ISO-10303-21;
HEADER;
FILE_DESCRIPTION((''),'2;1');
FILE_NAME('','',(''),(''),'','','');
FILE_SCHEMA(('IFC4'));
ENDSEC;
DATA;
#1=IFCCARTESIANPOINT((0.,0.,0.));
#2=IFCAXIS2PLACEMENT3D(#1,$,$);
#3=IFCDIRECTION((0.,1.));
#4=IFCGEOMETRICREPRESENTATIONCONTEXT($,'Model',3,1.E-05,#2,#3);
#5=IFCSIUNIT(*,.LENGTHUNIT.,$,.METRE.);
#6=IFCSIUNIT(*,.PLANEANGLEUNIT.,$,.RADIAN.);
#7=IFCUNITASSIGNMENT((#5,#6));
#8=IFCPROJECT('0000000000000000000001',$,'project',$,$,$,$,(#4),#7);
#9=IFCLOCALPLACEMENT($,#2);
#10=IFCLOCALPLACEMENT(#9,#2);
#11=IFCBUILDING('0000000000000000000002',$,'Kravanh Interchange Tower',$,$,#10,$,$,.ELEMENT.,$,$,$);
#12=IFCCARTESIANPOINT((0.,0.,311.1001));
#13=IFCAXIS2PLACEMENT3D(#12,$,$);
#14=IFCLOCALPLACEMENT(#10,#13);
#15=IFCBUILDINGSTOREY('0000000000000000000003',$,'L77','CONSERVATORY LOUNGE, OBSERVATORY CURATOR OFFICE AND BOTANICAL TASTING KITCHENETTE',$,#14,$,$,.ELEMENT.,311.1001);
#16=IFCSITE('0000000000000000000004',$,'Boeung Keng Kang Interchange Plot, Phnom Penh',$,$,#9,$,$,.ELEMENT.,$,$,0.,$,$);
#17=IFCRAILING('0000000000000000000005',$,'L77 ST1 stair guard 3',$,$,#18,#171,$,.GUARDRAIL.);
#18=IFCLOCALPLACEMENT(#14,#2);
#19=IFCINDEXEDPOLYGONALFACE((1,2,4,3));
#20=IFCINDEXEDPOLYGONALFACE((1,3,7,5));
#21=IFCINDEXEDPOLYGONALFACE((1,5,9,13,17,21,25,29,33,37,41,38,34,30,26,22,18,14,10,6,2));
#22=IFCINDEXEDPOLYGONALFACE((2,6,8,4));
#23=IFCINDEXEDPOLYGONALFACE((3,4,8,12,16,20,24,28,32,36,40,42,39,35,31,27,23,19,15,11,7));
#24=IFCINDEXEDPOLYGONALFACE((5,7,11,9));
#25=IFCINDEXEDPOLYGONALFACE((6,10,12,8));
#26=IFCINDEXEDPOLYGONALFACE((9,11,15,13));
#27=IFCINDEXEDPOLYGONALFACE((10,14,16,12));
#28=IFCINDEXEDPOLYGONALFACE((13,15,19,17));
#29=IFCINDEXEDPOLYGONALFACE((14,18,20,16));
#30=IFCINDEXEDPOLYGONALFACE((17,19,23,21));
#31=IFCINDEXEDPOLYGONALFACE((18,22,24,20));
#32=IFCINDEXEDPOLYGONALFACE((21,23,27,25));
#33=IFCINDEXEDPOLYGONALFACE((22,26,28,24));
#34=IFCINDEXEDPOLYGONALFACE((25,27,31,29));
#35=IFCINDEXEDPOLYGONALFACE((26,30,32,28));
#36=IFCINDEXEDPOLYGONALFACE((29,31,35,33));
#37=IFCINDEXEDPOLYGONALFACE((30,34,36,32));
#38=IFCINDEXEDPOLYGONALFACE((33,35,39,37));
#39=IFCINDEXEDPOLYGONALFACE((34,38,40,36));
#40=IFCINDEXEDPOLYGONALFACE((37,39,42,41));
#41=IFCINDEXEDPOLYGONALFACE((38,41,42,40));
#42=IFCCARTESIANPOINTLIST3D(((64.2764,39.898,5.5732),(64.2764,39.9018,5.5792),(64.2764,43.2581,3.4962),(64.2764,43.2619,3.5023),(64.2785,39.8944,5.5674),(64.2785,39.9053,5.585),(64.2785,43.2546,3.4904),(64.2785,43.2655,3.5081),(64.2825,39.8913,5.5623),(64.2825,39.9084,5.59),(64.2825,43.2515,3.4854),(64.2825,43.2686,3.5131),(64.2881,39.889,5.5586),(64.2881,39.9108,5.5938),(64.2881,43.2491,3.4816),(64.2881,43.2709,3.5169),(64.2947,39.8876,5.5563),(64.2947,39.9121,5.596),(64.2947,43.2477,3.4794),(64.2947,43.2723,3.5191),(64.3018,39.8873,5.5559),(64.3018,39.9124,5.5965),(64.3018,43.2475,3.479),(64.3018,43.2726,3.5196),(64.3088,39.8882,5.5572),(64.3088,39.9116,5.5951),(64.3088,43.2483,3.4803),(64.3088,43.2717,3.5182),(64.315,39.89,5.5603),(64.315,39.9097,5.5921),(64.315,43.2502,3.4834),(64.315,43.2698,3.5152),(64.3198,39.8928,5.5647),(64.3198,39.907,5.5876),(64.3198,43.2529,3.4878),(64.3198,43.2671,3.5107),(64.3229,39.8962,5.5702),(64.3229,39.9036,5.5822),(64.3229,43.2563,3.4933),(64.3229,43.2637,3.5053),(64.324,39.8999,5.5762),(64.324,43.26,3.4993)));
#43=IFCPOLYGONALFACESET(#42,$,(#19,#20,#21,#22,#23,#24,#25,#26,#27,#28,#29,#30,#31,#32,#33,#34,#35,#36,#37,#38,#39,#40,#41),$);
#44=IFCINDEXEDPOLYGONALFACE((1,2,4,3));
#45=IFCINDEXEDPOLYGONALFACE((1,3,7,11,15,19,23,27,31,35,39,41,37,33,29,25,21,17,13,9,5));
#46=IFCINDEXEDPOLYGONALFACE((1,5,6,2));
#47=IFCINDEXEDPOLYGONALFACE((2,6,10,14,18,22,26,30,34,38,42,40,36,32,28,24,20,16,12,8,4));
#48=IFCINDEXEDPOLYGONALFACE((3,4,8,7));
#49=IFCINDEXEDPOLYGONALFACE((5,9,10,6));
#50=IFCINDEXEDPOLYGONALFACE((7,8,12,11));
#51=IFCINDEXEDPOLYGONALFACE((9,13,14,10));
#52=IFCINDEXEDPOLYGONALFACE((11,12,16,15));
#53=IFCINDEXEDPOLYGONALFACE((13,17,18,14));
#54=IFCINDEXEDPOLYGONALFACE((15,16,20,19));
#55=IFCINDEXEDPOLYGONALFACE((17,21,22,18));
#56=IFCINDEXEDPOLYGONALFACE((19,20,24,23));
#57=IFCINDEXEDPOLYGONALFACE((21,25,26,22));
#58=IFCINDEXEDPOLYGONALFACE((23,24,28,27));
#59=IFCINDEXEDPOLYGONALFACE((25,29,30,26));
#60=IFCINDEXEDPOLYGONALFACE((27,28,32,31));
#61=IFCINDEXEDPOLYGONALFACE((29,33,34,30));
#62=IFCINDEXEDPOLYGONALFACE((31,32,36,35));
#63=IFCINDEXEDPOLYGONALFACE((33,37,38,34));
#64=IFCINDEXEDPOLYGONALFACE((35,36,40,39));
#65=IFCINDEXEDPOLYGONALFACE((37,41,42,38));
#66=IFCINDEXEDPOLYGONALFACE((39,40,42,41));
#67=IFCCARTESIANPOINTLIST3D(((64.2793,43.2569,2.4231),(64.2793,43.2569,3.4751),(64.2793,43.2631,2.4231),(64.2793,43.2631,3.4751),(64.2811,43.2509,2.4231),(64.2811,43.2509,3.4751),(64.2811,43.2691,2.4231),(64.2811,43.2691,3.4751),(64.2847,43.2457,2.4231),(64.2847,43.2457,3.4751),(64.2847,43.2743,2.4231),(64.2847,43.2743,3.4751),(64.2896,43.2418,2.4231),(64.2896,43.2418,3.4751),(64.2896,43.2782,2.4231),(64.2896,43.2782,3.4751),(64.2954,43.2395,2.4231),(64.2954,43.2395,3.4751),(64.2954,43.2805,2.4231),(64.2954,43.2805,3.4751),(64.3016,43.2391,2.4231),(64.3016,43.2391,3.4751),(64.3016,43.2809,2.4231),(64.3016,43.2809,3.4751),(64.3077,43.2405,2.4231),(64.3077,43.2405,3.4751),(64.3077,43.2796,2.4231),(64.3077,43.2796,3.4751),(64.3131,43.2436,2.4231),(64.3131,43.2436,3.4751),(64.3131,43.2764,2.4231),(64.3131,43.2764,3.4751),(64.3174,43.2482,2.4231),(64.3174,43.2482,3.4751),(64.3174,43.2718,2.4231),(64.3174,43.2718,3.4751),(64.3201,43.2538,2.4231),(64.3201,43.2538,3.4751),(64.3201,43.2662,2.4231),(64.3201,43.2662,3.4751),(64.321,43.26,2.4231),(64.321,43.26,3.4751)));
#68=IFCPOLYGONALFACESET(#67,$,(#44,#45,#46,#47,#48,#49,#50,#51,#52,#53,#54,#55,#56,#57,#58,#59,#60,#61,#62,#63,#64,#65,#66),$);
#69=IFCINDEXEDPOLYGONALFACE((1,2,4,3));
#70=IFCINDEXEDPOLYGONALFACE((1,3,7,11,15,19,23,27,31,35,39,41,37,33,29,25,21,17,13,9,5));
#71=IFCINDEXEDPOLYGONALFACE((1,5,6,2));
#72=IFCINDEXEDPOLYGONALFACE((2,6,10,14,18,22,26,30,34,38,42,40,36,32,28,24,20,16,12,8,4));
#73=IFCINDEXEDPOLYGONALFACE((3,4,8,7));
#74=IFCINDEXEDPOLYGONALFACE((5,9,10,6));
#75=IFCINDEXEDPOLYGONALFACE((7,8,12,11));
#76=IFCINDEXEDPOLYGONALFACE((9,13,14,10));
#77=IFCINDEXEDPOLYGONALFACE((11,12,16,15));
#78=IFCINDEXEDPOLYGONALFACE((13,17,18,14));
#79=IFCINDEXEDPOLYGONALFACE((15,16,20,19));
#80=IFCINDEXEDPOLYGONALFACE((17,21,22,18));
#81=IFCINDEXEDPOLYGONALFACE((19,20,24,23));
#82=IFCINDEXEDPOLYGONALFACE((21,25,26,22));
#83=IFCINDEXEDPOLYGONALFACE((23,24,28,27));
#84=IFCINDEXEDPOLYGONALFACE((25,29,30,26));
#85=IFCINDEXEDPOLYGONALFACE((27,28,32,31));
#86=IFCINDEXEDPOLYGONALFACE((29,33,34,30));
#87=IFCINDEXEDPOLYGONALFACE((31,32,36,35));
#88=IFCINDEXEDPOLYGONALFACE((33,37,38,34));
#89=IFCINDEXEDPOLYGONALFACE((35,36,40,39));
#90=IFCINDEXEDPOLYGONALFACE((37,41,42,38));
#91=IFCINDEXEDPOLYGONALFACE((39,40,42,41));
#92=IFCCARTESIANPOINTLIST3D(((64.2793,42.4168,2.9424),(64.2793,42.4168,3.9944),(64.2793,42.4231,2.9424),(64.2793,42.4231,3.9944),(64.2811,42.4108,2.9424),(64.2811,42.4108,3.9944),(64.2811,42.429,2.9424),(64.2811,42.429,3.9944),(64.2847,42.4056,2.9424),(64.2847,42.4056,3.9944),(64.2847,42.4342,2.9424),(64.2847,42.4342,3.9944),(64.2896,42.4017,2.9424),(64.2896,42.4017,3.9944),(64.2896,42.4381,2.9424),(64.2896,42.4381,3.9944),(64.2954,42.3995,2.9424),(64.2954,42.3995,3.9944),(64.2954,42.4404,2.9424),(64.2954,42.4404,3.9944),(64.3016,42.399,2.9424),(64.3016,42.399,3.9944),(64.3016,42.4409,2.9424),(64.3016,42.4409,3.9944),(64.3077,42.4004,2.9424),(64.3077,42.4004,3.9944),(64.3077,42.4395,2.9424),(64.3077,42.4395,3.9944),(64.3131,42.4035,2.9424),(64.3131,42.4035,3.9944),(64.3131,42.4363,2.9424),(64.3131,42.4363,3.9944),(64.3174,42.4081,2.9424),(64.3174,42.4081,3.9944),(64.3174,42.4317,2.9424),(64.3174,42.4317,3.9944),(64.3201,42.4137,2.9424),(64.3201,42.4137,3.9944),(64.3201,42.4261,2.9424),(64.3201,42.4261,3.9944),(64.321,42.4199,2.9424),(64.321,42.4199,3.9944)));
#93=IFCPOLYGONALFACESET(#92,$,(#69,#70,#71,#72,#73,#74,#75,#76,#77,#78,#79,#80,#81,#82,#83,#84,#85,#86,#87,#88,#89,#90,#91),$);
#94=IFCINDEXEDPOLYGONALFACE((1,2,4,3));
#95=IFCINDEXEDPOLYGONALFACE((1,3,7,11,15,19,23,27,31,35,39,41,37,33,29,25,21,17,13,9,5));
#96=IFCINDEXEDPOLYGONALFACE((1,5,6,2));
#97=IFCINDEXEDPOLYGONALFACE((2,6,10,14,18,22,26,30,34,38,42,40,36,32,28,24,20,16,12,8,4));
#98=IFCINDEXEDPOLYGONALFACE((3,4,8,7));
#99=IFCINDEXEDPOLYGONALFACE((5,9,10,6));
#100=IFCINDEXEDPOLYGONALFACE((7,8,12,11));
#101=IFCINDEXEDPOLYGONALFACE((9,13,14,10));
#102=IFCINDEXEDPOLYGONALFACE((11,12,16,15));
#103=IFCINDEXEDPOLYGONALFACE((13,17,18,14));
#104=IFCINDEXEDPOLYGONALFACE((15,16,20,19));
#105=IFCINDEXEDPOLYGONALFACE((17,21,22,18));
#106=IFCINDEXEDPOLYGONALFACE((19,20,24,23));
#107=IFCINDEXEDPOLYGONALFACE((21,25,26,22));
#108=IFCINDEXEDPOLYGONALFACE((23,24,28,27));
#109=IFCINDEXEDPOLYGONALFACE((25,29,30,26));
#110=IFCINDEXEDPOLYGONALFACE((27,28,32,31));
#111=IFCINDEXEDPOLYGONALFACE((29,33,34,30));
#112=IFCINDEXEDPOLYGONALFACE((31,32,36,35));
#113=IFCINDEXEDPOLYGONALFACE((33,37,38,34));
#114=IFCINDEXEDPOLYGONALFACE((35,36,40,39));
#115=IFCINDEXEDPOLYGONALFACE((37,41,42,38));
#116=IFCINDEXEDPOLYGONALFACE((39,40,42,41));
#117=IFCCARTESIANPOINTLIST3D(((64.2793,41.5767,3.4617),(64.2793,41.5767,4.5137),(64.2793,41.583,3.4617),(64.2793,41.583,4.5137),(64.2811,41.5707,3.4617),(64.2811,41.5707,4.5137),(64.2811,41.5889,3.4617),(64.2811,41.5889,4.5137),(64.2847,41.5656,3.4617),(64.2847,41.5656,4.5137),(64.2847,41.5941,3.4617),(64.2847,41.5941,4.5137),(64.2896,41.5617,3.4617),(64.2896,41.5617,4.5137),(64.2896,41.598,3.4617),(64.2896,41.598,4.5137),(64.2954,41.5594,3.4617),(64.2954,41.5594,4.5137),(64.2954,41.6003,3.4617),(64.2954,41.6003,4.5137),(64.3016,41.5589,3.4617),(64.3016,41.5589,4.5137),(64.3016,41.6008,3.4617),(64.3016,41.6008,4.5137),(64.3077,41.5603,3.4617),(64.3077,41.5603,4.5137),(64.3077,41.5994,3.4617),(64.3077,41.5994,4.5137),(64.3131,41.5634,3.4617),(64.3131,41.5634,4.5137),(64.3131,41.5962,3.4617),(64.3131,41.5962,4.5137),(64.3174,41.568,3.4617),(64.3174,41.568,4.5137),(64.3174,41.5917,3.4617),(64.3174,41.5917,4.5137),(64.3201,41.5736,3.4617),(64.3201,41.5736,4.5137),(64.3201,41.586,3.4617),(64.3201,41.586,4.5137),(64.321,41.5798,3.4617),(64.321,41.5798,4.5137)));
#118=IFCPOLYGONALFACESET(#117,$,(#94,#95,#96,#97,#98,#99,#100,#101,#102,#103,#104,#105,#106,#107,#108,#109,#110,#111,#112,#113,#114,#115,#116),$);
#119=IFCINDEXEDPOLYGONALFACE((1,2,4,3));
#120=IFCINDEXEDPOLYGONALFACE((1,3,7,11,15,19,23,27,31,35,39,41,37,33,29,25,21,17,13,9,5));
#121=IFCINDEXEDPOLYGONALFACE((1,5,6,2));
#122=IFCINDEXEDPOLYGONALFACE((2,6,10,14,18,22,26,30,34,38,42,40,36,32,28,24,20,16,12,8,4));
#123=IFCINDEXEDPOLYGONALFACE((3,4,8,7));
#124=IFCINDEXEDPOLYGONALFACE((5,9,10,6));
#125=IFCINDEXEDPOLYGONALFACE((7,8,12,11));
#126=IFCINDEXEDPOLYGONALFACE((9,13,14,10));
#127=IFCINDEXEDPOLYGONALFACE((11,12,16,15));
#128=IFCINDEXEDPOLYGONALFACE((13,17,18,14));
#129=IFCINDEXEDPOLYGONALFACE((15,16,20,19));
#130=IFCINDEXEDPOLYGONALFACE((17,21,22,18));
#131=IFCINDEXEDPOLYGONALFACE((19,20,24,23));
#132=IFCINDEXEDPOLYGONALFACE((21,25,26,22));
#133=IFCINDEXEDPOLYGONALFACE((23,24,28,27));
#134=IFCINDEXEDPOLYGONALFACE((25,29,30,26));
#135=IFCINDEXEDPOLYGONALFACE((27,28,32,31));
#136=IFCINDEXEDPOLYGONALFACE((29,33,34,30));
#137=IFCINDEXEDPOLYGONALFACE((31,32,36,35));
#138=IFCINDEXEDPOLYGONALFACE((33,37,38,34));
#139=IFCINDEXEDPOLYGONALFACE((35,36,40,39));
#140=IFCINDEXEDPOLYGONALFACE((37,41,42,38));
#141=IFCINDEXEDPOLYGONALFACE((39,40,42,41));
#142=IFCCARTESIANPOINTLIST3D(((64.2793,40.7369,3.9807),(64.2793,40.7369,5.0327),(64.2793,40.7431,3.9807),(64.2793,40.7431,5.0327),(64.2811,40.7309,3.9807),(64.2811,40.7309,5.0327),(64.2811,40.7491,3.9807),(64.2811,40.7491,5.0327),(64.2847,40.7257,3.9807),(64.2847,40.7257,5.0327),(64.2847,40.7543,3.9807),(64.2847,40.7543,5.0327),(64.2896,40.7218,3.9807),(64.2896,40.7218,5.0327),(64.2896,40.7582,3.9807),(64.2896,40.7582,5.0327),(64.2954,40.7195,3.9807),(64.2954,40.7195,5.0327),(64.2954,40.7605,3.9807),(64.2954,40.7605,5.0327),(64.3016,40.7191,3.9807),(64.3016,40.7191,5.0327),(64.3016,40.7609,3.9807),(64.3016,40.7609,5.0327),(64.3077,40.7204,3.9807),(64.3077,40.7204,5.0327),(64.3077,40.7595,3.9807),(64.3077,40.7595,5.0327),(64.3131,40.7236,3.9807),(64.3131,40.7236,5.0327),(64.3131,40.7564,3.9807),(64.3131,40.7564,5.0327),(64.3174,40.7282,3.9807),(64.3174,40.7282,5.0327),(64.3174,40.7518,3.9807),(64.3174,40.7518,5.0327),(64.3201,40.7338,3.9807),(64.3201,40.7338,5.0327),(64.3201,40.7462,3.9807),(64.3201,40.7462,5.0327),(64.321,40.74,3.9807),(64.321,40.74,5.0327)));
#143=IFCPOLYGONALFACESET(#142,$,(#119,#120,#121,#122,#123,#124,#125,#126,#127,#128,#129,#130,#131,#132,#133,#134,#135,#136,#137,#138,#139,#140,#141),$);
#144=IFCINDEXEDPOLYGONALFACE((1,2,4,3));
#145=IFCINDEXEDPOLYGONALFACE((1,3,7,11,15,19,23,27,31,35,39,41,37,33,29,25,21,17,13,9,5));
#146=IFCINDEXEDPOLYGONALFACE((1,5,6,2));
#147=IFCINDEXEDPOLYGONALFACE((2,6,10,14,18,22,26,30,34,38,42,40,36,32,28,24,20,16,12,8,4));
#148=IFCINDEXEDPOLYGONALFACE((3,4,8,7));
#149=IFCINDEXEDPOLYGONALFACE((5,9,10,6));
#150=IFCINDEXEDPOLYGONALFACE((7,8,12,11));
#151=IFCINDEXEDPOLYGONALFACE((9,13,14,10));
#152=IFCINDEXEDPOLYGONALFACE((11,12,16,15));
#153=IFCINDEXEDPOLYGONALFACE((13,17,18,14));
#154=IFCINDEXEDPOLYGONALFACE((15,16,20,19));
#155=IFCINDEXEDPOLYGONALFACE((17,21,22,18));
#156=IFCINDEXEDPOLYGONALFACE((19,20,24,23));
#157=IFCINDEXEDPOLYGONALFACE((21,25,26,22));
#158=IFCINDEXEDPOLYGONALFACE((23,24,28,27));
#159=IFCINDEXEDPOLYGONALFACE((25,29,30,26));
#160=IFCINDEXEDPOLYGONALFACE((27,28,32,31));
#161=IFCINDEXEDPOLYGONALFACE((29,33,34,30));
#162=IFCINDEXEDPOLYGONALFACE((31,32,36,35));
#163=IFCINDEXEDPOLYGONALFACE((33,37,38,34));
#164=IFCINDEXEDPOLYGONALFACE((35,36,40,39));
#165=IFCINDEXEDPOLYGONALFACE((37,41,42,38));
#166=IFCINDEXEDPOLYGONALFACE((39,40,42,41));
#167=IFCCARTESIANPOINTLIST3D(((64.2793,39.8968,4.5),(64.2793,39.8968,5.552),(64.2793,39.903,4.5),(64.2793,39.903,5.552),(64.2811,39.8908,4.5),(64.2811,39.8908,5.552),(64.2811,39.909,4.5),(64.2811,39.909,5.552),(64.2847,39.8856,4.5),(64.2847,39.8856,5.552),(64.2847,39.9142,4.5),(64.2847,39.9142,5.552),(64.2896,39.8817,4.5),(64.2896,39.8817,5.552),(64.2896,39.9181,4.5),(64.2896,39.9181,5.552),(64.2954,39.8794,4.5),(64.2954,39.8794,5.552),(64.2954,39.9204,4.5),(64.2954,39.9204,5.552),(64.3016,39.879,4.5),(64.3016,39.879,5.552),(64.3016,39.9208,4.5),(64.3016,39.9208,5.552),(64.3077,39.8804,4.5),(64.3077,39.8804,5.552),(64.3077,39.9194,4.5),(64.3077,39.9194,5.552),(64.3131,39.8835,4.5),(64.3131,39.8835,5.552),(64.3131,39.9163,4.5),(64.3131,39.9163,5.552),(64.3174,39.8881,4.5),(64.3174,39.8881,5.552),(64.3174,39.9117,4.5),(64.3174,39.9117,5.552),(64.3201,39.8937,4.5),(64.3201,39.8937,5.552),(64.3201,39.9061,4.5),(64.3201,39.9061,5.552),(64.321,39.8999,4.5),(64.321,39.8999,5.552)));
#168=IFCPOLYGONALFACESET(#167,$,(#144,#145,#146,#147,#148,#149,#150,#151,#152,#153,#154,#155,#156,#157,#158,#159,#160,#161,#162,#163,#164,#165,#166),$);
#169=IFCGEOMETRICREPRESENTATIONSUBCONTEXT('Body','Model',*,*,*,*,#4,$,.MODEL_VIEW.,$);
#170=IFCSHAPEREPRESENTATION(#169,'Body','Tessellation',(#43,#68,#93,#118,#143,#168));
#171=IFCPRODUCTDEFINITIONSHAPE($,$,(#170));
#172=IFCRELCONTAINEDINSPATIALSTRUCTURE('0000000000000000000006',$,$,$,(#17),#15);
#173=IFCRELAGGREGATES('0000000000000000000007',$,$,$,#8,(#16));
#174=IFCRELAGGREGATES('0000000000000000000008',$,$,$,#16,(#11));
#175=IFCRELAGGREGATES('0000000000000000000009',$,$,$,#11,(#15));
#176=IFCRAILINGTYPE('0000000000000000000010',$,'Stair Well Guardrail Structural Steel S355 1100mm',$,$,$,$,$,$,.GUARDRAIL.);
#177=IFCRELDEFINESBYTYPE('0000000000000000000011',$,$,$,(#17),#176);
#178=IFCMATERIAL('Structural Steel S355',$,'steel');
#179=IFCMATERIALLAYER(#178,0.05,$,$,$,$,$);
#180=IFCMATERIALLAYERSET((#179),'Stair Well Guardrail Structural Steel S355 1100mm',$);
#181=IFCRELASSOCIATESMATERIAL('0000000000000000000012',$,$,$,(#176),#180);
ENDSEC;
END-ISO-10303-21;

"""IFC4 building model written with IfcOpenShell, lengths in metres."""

from ifc_helpers import new_model, si_unit, direction, frame, origin, origin_2d, place, context, subcontext, project, spatial, circle, extrude, material, layer, layer_set, type_object, element, save


model = new_model("IFC4")

# Units and contexts
model_context = context("Model", 3, precision=1e-05, world=origin(), true_north=direction((0.0, 1.0)))
body_context = subcontext(model_context, "Body", "Model", "MODEL_VIEW")
ifc_project = project(units=[si_unit("LENGTHUNIT", "METRE"), si_unit("PLANEANGLEUNIT", "RADIAN")], contexts=[model_context])

# Site, building, storey
site_placement = place(None, origin())
site = spatial("IfcSite", under=ifc_project, at=site_placement, Name="Boeung Keng Kang Interchange Plot, Phnom Penh", CompositionType="ELEMENT", RefElevation=0.0)
building_placement = place(site_placement, origin())
building = spatial("IfcBuilding", under=site, at=building_placement, Name="Kravanh Interchange Tower", CompositionType="ELEMENT")
storey_placement = place(building_placement, frame((0.0, 0.0, 311.1001)))
storey = spatial("IfcBuildingStorey", under=building, at=storey_placement, Name="L77", Description="CONSERVATORY LOUNGE, OBSERVATORY CURATOR OFFICE AND BOTANICAL TASTING KITCHENETTE", CompositionType="ELEMENT", Elevation=311.1001)

# Railing
ifc_material_1 = material(Name="Structural Steel S355", Category="steel")
ifc_layer_1 = layer(ifc_material_1, 0.05)
ifc_layer_set_1 = layer_set([ifc_layer_1], Name="Stair Well Guardrail Structural Steel S355 1100mm")
railing_type_1 = type_object("IfcRailingType", Name="Stair Well Guardrail Structural Steel S355 1100mm", PredefinedType="GUARDRAIL", material=ifc_layer_set_1)
railing_1_placement = place(storey_placement, frame((64.3, 43.26, 2.4231)))
element("IfcRailing", 1, at=railing_1_placement, inside=storey, type_object=railing_type_1, Name="L77 ST1 stair guard 3", PredefinedType="GUARDRAIL", context=body_context, shape_type="SweptSolid", body=[
    extrude(circle(Radius=0.0239, at=origin_2d()), frame((0.0, 0.0, 1.0762), z_axis=(0.0, -0.850623, 0.525776), x_axis=(1.0, 0.0, 0.0)), (0.0, 0.0, 1.0), 3.9502),
    extrude(circle(Radius=0.021, at=origin_2d()), origin(), (0.0, 0.0, 1.0), 1.052),
    extrude(circle(Radius=0.021, at=origin_2d()), frame((0.0, -0.8401, 0.5193)), (0.0, 0.0, 1.0), 1.052),
    extrude(circle(Radius=0.021, at=origin_2d()), frame((0.0, -1.6802, 1.0386)), (0.0, 0.0, 1.0), 1.052),
    extrude(circle(Radius=0.021, at=origin_2d()), frame((0.0, -2.52, 1.5576)), (0.0, 0.0, 1.0), 1.052),
    extrude(circle(Radius=0.021, at=origin_2d()), frame((0.0, -3.3601, 2.0769)), (0.0, 0.0, 1.0), 1.052),
])

save(model, "model.ifc")
